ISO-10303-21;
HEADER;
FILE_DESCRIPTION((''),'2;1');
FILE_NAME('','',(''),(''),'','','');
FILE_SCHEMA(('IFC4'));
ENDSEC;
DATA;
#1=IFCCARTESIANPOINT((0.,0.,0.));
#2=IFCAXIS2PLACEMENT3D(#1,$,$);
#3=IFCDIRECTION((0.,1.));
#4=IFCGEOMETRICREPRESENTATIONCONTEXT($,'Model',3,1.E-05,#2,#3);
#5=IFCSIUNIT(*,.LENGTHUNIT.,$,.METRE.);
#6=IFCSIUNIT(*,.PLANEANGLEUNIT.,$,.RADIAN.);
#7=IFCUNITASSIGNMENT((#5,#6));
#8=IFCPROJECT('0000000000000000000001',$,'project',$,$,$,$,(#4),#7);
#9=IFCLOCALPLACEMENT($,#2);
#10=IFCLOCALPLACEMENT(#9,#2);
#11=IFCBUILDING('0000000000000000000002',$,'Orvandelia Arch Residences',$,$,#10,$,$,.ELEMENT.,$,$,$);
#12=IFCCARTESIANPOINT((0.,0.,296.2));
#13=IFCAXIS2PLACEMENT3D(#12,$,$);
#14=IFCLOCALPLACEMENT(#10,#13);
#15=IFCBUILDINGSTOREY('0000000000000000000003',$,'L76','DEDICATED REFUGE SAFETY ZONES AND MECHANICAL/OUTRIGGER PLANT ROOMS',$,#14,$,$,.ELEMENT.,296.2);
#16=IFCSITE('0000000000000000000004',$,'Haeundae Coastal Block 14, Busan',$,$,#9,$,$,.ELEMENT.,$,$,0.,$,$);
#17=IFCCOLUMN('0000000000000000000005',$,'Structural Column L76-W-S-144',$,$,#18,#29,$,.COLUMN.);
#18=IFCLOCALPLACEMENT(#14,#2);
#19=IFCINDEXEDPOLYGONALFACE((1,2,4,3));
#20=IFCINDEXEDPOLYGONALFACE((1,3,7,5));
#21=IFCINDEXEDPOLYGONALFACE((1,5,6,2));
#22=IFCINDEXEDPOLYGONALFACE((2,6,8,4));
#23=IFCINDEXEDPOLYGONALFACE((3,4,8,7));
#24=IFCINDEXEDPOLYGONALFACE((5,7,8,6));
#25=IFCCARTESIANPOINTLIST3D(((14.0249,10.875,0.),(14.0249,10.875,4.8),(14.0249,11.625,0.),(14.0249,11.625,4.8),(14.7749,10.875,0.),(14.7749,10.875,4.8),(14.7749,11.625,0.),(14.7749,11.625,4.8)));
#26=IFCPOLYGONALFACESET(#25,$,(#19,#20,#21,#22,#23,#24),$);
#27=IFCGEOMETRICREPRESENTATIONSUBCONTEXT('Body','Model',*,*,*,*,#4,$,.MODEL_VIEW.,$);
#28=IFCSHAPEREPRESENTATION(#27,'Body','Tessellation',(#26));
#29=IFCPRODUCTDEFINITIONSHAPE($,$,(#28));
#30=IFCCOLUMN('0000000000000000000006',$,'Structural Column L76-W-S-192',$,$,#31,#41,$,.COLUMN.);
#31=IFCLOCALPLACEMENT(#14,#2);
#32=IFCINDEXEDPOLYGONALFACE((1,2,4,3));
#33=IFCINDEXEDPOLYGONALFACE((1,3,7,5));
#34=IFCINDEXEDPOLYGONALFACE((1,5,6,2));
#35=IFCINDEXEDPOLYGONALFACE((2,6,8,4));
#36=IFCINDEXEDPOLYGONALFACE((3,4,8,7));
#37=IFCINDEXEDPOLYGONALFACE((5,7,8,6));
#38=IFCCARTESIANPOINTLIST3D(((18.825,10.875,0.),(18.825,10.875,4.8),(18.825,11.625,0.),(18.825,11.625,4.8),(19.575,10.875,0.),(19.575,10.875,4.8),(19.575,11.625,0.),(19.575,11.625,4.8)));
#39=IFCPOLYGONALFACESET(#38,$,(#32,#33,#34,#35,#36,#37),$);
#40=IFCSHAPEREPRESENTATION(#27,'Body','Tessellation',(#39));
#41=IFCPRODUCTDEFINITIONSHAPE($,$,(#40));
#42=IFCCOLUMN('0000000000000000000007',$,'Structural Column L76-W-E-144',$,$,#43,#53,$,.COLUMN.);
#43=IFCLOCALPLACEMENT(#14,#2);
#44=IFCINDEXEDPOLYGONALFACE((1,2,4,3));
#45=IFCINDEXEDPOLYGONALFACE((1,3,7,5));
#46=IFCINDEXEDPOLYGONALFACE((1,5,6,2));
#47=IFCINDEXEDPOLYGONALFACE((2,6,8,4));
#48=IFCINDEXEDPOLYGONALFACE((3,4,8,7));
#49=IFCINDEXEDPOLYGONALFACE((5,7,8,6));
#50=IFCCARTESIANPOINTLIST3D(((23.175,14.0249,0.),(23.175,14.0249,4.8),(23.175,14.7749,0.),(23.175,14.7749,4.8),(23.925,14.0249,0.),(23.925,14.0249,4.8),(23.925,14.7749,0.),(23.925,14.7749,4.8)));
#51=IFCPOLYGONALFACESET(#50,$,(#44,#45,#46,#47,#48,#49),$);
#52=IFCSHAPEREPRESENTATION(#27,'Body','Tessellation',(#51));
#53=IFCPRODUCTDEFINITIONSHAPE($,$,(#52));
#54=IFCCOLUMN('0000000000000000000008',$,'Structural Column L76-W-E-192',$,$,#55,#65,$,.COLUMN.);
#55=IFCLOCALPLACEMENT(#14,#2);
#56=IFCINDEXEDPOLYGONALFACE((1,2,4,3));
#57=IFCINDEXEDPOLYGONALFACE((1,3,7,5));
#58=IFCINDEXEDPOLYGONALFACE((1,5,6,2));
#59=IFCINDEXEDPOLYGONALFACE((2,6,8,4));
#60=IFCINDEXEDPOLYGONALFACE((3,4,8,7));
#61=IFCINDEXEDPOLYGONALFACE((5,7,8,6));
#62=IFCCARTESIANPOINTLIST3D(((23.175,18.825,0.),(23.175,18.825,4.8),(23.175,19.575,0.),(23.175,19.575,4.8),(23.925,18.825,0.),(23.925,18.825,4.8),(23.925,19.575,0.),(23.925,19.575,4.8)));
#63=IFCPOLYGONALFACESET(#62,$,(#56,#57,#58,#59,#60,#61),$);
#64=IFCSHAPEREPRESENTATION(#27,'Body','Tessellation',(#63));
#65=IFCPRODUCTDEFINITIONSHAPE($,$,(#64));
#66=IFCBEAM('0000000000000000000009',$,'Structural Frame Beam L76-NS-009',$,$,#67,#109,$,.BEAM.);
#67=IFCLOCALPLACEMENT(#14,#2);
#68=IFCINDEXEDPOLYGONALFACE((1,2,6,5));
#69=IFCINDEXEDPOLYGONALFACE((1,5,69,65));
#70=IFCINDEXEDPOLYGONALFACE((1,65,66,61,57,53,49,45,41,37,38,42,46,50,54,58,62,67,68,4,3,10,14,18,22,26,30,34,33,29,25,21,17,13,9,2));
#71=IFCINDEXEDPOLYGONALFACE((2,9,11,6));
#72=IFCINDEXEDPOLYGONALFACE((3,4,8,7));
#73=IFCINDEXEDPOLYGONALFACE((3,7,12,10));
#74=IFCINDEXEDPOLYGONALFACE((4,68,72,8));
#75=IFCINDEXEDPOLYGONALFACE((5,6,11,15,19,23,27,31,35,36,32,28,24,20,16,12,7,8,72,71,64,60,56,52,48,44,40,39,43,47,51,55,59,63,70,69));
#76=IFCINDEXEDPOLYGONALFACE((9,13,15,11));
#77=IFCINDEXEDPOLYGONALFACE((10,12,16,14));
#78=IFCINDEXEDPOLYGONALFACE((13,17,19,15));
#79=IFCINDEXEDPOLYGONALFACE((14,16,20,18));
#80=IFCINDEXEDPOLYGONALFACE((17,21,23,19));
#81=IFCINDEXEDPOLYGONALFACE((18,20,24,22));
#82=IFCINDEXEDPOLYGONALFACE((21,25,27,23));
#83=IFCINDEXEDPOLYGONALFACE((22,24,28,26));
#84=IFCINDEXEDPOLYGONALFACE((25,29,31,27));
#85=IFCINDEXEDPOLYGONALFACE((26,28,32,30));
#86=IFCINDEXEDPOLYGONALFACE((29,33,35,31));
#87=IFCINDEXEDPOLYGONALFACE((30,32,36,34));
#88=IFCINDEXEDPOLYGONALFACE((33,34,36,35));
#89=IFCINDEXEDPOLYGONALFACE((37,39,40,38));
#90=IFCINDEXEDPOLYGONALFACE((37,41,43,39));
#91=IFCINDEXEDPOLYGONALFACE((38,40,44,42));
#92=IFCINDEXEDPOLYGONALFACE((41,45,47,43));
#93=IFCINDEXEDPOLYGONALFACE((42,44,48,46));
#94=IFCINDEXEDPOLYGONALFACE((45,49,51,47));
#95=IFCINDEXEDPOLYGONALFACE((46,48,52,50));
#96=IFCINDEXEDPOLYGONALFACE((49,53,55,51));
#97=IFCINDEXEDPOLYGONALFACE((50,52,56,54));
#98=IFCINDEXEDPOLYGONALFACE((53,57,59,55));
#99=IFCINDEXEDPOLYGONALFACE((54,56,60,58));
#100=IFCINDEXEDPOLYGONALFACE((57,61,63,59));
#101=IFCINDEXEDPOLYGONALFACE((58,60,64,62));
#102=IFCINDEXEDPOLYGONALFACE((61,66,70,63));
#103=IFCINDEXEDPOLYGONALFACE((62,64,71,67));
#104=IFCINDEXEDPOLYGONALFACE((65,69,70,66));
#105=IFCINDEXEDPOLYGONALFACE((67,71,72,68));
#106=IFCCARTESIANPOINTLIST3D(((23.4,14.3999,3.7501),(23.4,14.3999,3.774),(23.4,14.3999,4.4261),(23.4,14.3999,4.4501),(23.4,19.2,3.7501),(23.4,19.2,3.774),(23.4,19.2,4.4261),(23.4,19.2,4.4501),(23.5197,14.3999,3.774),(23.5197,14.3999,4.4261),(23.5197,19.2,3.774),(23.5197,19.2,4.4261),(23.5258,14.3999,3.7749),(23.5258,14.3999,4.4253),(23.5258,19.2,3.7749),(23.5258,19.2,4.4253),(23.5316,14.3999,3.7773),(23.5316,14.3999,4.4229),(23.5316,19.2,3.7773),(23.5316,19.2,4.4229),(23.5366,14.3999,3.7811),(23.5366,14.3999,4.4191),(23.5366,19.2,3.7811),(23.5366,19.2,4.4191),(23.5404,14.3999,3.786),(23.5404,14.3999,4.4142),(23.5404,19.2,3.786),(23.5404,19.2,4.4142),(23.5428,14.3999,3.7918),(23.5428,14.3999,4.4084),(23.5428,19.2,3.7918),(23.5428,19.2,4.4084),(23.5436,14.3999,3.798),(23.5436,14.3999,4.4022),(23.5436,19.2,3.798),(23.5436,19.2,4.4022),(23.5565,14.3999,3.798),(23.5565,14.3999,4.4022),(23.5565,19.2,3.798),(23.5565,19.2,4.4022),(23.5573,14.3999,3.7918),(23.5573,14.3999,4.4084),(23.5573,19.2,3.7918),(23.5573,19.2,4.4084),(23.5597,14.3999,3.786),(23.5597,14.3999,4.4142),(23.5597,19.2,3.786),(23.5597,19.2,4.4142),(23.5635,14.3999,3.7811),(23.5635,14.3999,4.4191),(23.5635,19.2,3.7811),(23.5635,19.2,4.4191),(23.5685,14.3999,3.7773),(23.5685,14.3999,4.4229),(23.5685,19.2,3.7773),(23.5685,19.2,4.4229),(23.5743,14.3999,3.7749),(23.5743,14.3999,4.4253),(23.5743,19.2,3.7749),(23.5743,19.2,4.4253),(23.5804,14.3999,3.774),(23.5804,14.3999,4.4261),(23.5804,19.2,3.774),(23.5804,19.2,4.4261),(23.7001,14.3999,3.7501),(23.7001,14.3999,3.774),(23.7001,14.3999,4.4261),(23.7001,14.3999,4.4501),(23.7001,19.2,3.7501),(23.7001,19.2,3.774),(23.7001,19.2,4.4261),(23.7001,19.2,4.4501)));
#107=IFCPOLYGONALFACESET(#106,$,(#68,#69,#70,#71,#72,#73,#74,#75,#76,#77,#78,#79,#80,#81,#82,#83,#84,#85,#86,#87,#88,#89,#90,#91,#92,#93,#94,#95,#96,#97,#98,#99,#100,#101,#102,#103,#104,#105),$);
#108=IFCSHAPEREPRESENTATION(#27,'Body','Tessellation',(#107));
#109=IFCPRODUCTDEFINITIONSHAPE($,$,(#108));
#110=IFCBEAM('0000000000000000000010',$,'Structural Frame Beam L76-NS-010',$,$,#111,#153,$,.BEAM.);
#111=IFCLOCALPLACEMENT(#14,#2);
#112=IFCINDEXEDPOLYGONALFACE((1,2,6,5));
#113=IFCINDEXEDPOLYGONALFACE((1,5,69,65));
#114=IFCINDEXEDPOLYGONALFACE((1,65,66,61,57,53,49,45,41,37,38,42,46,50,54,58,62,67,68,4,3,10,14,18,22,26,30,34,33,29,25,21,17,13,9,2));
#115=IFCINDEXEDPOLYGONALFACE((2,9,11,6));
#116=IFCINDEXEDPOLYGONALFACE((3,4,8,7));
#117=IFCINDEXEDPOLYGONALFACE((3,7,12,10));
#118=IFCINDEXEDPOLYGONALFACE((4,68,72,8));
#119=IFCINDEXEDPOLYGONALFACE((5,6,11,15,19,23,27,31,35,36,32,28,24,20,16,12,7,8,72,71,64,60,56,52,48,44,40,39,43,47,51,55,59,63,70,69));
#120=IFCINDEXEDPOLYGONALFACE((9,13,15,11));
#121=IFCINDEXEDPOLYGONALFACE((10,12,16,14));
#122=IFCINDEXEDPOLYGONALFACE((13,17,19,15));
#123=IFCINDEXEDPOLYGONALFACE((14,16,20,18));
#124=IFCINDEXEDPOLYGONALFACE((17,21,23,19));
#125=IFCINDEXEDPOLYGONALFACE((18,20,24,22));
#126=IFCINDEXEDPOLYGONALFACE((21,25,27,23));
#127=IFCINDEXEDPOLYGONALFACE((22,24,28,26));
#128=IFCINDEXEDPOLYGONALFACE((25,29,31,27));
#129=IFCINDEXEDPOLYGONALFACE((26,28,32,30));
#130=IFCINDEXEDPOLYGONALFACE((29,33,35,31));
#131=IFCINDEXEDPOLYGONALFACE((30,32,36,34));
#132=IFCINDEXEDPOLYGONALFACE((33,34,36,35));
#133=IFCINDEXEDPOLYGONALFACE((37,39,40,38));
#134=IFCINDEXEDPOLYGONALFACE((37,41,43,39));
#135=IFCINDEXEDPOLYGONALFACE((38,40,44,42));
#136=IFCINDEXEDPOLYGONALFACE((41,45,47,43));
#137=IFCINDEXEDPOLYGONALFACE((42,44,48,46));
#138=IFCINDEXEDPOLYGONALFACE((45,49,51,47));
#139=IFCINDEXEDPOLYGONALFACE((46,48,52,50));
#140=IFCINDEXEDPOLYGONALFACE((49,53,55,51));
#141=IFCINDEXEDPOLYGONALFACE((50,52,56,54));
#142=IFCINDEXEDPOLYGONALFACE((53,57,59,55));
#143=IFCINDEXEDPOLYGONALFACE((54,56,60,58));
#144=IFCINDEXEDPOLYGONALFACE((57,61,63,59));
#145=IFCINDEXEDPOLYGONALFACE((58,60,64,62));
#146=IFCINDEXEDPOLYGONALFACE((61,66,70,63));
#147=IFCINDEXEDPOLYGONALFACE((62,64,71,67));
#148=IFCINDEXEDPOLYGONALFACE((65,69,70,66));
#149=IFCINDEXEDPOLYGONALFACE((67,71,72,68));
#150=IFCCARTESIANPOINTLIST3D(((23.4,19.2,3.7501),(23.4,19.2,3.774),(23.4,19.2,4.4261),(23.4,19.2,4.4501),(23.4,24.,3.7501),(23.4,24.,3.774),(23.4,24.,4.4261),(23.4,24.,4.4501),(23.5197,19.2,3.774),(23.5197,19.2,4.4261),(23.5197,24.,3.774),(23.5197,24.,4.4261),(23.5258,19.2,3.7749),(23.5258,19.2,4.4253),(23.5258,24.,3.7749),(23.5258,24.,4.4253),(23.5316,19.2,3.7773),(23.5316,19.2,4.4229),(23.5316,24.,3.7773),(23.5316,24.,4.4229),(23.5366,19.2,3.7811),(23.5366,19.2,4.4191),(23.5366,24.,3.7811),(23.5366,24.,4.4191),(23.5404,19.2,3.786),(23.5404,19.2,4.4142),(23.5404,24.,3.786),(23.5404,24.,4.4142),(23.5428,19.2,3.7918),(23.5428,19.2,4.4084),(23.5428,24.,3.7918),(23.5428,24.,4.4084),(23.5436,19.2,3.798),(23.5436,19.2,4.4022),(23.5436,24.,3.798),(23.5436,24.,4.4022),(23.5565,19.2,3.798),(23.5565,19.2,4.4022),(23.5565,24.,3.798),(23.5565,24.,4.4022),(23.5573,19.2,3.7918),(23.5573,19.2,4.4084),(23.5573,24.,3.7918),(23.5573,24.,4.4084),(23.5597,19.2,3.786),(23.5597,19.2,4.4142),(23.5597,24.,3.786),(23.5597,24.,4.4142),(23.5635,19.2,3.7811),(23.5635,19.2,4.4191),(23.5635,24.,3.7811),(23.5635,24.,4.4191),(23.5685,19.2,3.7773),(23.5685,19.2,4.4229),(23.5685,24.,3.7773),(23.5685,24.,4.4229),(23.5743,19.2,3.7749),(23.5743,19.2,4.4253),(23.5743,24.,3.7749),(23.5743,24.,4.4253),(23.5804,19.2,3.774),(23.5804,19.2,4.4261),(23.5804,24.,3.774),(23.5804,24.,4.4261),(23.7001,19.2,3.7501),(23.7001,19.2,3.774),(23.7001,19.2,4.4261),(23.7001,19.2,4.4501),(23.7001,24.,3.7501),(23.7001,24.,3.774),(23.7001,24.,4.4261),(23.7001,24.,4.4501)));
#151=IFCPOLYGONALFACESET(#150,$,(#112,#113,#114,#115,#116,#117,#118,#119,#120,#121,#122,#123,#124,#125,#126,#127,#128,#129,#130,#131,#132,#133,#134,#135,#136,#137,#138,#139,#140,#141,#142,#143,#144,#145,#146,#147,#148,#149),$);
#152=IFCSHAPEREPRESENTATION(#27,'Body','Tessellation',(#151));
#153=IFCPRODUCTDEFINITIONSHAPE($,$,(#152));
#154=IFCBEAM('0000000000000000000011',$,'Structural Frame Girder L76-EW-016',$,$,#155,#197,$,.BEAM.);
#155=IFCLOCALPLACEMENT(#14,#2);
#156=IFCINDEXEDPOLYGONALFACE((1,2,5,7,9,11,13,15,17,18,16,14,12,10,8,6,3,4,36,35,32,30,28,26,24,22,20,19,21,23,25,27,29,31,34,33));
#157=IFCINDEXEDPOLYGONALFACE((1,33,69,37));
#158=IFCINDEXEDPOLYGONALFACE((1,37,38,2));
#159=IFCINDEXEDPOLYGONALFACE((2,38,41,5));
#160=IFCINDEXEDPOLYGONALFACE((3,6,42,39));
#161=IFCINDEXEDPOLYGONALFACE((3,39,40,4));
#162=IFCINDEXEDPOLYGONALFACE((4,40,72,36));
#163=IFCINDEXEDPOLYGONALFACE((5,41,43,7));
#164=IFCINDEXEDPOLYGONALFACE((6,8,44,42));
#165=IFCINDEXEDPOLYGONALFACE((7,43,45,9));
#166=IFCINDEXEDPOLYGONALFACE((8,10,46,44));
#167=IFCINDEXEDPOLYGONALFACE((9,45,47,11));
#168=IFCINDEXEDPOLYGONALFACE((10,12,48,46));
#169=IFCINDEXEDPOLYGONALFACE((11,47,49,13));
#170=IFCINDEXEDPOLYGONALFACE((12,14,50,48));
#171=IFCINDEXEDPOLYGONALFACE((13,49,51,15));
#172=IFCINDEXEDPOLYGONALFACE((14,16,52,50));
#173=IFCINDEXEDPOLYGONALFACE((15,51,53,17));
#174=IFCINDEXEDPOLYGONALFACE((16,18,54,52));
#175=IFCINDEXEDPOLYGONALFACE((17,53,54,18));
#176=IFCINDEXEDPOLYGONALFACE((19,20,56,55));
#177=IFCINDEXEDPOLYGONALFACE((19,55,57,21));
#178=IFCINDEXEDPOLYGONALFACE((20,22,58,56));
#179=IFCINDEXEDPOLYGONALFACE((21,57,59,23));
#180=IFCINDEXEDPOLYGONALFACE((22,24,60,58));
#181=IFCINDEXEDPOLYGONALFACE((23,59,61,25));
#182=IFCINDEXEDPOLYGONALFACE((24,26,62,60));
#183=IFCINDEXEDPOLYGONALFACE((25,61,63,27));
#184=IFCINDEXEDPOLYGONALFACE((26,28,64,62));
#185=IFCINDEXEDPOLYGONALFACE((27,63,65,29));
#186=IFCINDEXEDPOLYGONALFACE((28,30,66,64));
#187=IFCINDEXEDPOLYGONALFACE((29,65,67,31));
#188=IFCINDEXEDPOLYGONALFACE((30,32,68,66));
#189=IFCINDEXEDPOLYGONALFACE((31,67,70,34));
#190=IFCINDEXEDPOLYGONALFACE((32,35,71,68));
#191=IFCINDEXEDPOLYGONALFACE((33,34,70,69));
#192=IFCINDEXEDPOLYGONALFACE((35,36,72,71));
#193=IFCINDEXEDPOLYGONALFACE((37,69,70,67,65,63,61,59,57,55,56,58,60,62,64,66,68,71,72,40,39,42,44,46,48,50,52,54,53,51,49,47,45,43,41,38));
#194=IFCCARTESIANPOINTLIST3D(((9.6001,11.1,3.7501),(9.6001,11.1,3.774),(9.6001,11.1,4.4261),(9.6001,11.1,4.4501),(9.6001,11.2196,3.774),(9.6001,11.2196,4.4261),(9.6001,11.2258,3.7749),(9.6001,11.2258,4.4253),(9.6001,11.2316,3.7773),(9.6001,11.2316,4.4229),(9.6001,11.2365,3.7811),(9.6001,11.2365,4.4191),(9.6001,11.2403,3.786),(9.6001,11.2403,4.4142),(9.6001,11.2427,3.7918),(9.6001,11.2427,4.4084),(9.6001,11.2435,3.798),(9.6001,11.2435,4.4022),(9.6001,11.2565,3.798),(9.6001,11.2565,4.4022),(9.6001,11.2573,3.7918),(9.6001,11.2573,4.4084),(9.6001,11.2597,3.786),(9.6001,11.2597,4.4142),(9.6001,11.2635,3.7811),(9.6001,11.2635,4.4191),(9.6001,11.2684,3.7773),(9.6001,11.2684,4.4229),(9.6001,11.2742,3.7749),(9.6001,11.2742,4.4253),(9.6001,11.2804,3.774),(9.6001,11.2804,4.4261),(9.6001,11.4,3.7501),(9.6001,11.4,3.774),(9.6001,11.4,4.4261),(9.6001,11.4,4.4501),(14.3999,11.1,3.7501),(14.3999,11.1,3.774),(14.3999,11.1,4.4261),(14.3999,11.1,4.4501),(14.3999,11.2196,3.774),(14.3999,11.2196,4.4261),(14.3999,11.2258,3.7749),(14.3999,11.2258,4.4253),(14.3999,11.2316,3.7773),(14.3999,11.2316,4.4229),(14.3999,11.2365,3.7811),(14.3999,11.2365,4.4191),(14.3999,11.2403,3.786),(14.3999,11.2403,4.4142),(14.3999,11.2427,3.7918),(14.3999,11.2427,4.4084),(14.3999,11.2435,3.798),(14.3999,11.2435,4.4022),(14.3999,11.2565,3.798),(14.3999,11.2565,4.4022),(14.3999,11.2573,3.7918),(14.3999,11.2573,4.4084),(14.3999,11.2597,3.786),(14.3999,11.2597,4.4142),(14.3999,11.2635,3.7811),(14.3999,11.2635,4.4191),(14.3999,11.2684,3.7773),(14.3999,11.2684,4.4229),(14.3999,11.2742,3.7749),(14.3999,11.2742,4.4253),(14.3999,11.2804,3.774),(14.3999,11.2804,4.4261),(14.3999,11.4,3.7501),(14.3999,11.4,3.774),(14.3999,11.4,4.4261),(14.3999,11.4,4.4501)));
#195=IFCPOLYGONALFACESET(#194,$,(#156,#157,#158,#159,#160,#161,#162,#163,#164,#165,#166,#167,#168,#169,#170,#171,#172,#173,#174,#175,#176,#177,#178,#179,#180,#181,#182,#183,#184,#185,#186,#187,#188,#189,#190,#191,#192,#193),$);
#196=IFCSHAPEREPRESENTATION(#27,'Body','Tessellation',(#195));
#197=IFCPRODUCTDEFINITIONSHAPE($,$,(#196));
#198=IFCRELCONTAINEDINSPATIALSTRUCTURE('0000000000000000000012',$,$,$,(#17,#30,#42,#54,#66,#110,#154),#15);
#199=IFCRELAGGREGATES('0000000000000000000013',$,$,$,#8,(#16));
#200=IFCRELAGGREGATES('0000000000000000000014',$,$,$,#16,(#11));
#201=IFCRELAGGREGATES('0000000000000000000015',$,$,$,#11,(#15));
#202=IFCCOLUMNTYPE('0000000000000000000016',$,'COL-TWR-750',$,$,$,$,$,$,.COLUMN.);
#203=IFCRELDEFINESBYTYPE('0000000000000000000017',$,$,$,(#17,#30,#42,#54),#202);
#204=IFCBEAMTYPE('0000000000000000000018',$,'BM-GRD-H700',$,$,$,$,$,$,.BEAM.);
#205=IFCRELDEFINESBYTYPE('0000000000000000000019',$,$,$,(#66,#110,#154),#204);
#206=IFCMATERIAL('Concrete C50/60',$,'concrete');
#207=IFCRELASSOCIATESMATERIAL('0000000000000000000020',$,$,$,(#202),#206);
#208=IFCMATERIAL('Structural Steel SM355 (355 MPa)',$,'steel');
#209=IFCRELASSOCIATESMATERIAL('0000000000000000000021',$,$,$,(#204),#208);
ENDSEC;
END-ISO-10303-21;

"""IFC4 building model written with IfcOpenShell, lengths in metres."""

from ifc_helpers import new_model, si_unit, direction, frame, origin, origin_2d, place, context, subcontext, project, spatial, rectangle, i_section, extrude, material, material_profile, profile_set, type_object, element, save


model = new_model("IFC4")

# Units and contexts
model_context = context("Model", 3, precision=1e-05, world=origin(), true_north=direction((0.0, 1.0)))
body_context = subcontext(model_context, "Body", "Model", "MODEL_VIEW")
ifc_project = project(units=[si_unit("LENGTHUNIT", "METRE"), si_unit("PLANEANGLEUNIT", "RADIAN")], contexts=[model_context])

# Site, building, storey
site_placement = place(None, origin())
site = spatial("IfcSite", under=ifc_project, at=site_placement, Name="Haeundae Coastal Block 14, Busan", CompositionType="ELEMENT", RefElevation=0.0)
building_placement = place(site_placement, origin())
building = spatial("IfcBuilding", under=site, at=building_placement, Name="Orvandelia Arch Residences", CompositionType="ELEMENT")
storey_placement = place(building_placement, frame((0.0, 0.0, 296.2)))
storey = spatial("IfcBuildingStorey", under=building, at=storey_placement, Name="L76", Description="DEDICATED REFUGE SAFETY ZONES AND MECHANICAL/OUTRIGGER PLANT ROOMS", CompositionType="ELEMENT", Elevation=296.2)

# Columns
ifc_material_1 = material(Name="Concrete C50/60", Category="concrete")
ifc_material_profile_1 = material_profile(ifc_material_1, rectangle(XDim=0.75, YDim=0.75, at=origin_2d()), Name="Concrete C50/60", Category="concrete")
ifc_profile_set_1 = profile_set([ifc_material_profile_1], Name="Concrete C50/60")
column_type = type_object("IfcColumnType", Name="COL-TWR-750", PredefinedType="COLUMN", material=ifc_profile_set_1)
for number, where, z_axis, x_axis, name in (
    (1, (14.3999, 11.25, 0.0), (0.0, 0.0, 1.0), (1.0, 0.0, 0.0), "Structural Column L76-W-S-144"),
    (2, (19.2, 11.25, 0.0), (0.0, 0.0, 1.0), (1.0, 0.0, 0.0), "Structural Column L76-W-S-192"),
    (3, (23.55, 14.3999, 0.0), (0.0, 0.0, 1.0), (1.0, 0.0, 0.0), "Structural Column L76-W-E-144"),
    (4, (23.55, 19.2, 0.0), (0.0, 0.0, 1.0), (1.0, 0.0, 0.0), "Structural Column L76-W-E-192"),
):
    element("IfcColumn", number, at=place(storey_placement, frame(where, z_axis=z_axis, x_axis=x_axis)), inside=storey, type_object=column_type, Name=name, PredefinedType="COLUMN", context=body_context, shape_type="SweptSolid", body=[
        extrude(rectangle(XDim=0.75, YDim=0.75, at=origin_2d()), origin(), (0.0, 0.0, 1.0), 4.8),
    ])

# Beams
ifc_material_2 = material(Name="Structural Steel SM355 (355 MPa)", Category="steel")
ifc_material_profile_2 = material_profile(ifc_material_2, i_section(OverallWidth=0.3, OverallDepth=0.7, WebThickness=0.0129, FlangeThickness=0.0239, FilletRadius=0.0239, at=origin_2d()), Name="Structural Steel SM355 (355 MPa)", Category="steel")
ifc_profile_set_2 = profile_set([ifc_material_profile_2], Name="Structural Steel SM355 (355 MPa)")
beam_type = type_object("IfcBeamType", Name="BM-GRD-H700", PredefinedType="BEAM", material=ifc_profile_set_2)
for number, where, z_axis, x_axis, name in (
    (5, (23.55, 14.3999, 4.1001), (0.0, 1.0, 0.0), (-1.0, 0.0, 0.0), "Structural Frame Beam L76-NS-009"),
    (6, (23.55, 19.2, 4.1001), (0.0, 1.0, 0.0), (-1.0, 0.0, 0.0), "Structural Frame Beam L76-NS-010"),
):
    element("IfcBeam", number, at=place(storey_placement, frame(where, z_axis=z_axis, x_axis=x_axis)), inside=storey, type_object=beam_type, Name=name, PredefinedType="BEAM", context=body_context, shape_type="SweptSolid", body=[
        extrude(i_section(OverallWidth=0.3, OverallDepth=0.7, WebThickness=0.0129, FlangeThickness=0.0239, FilletRadius=0.0239, at=origin_2d()), origin(), (0.0, 0.0, 1.0), 4.8),
    ])
beam_1_placement = place(storey_placement, frame((9.6001, 11.25, 4.1001), z_axis=(1.0, 0.0, 0.0), x_axis=(0.0, 1.0, 0.0)))
element("IfcBeam", 7, at=beam_1_placement, inside=storey, type_object=beam_type, Name="Structural Frame Girder L76-EW-016", PredefinedType="BEAM", context=body_context, shape_type="SweptSolid", body=[
    extrude(i_section(OverallWidth=0.3, OverallDepth=0.7, WebThickness=0.0129, FlangeThickness=0.0239, FilletRadius=0.0239, at=origin_2d()), origin(), (0.0, 0.0, 1.0), 4.7998),
])

save(model, "model.ifc")
